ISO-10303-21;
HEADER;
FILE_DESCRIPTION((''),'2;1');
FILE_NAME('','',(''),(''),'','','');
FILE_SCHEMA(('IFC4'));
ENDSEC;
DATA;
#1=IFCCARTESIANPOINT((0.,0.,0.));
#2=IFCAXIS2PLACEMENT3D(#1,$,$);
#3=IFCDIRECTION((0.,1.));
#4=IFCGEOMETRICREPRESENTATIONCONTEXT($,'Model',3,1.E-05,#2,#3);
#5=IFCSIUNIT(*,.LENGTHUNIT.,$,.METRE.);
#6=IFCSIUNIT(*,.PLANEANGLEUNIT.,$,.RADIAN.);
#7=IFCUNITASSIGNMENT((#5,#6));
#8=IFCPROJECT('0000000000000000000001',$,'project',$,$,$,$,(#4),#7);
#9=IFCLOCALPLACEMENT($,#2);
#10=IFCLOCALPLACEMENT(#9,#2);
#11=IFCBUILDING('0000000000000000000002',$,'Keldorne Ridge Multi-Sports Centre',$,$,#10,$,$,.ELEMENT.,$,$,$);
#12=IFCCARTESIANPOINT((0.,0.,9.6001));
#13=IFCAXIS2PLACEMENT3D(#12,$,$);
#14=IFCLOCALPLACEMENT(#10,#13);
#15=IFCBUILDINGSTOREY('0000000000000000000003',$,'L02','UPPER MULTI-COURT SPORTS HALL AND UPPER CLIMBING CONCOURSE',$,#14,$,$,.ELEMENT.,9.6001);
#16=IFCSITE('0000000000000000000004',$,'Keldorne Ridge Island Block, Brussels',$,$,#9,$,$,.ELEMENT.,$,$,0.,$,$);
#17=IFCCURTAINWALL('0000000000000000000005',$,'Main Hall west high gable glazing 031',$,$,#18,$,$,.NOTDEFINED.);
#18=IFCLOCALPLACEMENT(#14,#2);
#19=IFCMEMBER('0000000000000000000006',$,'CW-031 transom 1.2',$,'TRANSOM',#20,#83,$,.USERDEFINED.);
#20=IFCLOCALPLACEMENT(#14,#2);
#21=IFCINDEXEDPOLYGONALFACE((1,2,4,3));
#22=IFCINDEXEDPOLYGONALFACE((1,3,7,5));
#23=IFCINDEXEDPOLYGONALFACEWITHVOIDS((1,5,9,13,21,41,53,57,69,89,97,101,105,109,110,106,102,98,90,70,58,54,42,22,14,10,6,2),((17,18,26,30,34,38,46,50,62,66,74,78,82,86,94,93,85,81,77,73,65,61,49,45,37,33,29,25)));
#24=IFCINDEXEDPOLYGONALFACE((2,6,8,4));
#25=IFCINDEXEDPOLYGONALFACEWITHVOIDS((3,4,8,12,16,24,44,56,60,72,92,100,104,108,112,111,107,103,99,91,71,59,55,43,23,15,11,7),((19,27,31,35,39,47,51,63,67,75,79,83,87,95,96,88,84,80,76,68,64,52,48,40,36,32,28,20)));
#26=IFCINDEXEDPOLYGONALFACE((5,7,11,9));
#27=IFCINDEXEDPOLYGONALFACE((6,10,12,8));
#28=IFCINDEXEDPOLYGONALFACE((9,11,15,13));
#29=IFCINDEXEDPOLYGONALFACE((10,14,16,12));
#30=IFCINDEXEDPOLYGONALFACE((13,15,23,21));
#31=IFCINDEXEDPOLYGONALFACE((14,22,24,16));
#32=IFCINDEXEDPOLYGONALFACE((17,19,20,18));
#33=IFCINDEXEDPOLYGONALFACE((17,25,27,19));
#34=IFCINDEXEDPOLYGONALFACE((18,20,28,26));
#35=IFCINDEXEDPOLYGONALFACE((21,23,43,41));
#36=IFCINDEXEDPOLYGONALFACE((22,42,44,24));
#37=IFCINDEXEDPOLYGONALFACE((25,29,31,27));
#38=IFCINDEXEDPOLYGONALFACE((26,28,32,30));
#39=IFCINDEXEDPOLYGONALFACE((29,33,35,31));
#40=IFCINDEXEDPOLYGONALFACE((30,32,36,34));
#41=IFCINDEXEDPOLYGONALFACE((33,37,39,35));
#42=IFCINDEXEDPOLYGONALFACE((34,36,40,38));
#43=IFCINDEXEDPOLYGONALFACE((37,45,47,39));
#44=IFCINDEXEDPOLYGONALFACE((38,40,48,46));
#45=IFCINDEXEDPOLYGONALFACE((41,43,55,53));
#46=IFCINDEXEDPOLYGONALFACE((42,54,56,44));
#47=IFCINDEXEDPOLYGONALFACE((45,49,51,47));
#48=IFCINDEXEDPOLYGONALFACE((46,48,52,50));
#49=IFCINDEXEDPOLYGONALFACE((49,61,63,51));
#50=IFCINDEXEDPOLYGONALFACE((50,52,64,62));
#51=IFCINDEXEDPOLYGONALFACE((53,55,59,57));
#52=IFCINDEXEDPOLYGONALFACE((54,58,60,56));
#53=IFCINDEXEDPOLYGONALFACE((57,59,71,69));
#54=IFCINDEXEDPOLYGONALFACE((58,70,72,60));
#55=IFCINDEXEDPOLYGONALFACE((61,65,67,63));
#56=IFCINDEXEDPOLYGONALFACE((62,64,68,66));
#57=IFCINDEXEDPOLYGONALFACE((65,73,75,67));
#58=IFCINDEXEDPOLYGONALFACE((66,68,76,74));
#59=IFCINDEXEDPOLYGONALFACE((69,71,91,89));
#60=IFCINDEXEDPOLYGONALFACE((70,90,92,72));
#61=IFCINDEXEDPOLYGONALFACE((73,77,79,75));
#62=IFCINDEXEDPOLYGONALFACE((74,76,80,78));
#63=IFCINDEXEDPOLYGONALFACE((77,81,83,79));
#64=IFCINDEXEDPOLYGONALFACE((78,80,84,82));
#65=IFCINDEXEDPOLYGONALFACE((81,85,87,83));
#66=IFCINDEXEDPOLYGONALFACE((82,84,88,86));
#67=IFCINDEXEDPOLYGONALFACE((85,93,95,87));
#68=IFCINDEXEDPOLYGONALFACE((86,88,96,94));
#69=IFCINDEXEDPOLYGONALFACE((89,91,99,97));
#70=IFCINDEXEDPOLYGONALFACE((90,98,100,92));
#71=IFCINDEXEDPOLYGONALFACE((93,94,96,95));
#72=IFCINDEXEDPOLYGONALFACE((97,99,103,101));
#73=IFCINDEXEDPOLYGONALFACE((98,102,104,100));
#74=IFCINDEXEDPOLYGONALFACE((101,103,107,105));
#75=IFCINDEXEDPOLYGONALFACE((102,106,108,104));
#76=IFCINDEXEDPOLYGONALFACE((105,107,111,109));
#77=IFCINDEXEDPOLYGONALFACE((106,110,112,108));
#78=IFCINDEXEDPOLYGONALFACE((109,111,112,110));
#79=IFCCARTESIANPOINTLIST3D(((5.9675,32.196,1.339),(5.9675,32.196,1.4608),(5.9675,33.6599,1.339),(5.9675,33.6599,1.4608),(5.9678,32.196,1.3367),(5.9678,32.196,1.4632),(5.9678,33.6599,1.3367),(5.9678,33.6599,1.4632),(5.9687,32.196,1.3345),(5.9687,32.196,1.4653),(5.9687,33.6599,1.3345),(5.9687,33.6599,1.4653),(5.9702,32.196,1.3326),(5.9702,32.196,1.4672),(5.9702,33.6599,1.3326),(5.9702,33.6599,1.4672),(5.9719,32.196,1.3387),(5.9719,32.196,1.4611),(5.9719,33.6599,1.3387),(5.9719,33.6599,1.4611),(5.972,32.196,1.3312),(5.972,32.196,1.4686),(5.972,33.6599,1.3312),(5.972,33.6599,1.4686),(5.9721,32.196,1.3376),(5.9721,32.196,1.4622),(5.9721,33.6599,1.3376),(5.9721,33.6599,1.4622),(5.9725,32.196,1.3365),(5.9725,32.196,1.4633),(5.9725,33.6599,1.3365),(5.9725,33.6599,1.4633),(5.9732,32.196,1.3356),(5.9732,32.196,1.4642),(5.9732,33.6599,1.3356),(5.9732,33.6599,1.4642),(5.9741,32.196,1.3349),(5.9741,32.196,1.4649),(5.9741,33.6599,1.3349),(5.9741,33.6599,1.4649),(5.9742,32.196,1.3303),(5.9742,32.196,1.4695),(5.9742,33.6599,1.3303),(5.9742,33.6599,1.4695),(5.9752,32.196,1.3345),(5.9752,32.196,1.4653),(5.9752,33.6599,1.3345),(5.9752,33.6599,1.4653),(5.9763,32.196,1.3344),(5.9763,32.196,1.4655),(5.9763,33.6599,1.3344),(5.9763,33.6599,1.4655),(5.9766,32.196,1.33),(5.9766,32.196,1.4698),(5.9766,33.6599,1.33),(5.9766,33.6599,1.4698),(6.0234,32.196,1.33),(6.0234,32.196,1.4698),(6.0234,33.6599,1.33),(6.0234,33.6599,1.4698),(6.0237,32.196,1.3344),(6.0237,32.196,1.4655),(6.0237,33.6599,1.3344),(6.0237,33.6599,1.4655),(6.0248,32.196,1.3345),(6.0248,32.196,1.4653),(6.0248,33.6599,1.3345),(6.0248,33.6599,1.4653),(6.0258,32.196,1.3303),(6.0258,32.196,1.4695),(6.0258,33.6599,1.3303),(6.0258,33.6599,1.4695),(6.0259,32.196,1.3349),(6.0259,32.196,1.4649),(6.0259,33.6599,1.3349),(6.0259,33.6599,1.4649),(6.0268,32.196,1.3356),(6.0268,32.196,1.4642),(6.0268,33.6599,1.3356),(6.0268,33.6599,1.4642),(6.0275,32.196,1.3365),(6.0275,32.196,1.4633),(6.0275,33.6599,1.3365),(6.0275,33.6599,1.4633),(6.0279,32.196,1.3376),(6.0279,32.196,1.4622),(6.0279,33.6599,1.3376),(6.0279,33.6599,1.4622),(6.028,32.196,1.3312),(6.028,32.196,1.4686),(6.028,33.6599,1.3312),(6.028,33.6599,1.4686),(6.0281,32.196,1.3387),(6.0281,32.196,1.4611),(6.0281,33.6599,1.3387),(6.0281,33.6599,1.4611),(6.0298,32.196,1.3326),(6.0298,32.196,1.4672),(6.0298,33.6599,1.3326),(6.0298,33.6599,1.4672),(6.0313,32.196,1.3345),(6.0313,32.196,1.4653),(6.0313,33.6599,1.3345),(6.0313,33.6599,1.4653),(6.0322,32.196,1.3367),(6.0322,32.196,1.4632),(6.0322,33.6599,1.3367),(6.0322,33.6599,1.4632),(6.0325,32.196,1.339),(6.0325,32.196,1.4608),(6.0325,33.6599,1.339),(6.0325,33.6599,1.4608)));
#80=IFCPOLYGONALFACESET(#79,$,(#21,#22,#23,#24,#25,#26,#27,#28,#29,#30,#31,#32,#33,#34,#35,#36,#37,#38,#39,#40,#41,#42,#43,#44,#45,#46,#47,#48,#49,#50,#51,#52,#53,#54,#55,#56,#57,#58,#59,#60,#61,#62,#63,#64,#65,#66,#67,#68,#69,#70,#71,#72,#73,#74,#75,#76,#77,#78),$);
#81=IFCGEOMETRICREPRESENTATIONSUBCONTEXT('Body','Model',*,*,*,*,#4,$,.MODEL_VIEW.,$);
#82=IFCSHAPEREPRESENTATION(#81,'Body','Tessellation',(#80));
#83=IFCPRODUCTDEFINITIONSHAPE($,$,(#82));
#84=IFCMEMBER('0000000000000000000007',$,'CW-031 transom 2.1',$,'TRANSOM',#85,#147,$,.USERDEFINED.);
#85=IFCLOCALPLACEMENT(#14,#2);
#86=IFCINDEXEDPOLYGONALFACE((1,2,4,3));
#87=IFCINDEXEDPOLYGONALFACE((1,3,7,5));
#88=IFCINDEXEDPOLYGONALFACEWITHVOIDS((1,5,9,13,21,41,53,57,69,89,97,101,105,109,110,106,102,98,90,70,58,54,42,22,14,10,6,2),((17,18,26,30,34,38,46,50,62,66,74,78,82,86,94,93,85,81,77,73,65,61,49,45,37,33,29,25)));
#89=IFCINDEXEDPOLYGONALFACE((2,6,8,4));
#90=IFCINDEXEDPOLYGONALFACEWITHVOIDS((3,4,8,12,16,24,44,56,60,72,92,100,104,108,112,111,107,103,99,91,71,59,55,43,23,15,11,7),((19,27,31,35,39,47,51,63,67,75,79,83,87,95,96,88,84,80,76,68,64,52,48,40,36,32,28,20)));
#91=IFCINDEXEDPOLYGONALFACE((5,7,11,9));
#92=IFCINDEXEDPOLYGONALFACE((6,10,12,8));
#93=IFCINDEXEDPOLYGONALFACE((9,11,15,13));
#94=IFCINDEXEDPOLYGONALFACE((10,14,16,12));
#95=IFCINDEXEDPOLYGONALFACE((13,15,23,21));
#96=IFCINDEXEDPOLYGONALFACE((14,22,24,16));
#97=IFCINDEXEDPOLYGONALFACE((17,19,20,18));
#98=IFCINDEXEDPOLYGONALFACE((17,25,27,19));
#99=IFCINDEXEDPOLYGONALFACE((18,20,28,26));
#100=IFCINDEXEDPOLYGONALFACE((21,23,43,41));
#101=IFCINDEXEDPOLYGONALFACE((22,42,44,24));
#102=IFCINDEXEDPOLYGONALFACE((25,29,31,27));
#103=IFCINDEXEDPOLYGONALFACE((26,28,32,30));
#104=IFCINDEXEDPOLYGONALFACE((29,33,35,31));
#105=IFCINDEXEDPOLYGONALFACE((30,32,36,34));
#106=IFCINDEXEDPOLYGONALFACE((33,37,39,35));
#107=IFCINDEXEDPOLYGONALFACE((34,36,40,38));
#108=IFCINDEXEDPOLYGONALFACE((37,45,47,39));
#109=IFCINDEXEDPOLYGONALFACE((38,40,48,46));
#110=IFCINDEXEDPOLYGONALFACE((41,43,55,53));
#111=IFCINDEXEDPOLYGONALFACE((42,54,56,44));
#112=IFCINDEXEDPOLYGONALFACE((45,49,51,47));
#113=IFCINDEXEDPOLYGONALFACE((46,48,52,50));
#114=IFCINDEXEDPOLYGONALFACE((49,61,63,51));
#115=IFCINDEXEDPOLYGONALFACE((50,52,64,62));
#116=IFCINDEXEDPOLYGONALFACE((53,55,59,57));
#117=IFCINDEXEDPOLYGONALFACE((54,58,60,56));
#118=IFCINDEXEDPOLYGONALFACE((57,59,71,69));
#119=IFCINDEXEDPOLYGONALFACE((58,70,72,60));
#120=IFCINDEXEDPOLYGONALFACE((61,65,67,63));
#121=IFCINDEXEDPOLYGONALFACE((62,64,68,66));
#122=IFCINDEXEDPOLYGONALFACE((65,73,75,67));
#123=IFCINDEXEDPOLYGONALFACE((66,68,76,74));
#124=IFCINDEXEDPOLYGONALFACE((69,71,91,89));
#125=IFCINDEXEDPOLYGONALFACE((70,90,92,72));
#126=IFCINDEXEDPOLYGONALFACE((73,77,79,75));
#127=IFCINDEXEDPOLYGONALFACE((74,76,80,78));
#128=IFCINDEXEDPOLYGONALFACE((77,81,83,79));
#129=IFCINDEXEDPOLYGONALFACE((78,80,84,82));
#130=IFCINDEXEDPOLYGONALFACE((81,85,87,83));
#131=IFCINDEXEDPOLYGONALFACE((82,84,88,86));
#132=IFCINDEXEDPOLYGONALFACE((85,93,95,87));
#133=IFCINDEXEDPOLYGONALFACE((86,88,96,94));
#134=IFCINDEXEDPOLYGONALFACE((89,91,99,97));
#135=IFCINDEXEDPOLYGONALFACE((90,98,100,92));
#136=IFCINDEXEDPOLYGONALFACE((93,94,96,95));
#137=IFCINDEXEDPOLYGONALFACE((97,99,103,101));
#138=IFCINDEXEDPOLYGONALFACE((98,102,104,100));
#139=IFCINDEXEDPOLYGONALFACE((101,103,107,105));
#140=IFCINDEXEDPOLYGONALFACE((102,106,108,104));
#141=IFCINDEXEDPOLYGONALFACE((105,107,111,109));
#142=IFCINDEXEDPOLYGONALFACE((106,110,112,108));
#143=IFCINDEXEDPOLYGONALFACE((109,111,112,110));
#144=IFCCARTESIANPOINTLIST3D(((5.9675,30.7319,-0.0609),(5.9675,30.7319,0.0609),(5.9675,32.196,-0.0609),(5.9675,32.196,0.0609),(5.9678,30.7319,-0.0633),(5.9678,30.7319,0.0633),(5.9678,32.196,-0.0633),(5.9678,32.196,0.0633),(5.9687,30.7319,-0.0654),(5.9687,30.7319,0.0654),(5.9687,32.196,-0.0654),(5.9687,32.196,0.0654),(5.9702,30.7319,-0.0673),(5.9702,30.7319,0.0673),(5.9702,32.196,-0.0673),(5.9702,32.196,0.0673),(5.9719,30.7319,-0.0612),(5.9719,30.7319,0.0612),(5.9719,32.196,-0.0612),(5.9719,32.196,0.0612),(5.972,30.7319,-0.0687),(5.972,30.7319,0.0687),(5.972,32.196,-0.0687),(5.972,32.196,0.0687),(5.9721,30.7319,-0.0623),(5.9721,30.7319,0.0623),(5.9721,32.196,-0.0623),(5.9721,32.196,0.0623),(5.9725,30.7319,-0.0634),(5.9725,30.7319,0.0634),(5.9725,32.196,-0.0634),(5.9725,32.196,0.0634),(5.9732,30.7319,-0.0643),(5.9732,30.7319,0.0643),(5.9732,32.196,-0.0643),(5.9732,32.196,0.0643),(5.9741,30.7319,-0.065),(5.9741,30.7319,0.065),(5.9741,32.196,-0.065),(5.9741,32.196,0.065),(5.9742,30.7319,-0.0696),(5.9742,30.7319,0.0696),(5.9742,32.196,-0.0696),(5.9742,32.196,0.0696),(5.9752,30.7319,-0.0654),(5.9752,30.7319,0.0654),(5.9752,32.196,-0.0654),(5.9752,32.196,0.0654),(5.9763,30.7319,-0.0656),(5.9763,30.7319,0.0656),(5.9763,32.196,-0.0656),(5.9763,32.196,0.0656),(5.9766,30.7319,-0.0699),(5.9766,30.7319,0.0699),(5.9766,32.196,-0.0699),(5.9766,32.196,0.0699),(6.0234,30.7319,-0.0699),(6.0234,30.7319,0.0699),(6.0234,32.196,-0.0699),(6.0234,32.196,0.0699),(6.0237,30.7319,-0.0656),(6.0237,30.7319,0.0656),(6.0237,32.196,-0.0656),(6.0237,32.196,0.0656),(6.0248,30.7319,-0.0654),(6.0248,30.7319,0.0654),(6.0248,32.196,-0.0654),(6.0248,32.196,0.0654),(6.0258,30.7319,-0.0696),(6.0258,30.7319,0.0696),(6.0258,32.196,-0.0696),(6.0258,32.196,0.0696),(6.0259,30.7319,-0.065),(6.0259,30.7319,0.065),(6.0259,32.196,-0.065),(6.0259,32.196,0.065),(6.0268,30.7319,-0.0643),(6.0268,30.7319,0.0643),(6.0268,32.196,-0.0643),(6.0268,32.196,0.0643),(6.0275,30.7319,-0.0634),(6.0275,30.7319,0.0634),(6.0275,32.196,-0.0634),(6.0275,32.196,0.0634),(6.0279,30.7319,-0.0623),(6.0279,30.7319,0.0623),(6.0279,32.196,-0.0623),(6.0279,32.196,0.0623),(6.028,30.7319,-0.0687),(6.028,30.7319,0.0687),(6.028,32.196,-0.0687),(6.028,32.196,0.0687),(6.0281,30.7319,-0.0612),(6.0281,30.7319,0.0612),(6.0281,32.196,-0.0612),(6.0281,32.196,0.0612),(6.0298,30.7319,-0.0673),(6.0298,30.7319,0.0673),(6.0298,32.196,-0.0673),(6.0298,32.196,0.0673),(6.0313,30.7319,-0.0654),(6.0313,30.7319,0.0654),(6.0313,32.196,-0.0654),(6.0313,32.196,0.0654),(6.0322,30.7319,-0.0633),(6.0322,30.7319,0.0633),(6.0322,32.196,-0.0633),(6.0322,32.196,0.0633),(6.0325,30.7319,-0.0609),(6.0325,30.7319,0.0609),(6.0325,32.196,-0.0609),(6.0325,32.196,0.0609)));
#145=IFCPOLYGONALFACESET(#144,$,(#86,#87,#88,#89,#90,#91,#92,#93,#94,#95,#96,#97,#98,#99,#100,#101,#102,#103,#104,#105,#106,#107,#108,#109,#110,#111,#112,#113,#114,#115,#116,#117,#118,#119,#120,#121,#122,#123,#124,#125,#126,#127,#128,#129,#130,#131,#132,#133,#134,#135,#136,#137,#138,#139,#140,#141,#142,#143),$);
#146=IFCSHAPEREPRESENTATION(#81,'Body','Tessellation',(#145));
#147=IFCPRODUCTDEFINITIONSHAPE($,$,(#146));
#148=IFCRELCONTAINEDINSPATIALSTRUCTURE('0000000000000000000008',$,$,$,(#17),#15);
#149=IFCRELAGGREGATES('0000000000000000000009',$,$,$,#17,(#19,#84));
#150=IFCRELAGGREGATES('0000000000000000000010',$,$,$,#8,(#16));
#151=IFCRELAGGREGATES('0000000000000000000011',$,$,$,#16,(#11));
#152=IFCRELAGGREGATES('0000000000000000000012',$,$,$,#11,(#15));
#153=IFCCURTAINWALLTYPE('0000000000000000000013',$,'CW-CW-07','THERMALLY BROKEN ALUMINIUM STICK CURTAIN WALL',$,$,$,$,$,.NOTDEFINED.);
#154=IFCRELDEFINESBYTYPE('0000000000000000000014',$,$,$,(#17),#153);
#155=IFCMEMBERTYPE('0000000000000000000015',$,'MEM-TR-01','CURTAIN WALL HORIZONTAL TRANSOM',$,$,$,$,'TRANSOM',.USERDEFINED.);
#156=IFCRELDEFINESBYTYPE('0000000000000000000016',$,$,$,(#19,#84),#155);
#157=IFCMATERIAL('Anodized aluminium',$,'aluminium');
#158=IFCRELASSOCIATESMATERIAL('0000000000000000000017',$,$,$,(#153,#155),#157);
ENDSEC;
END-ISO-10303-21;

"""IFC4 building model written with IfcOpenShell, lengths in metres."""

from ifc_helpers import new_model, si_unit, direction, frame, origin, origin_2d, place, context, subcontext, project, spatial, hollow_rectangle, extrude, material, material_profile, profile_set, type_object, element, aggregate, save


model = new_model("IFC4")

# Units and contexts
model_context = context("Model", 3, precision=1e-05, world=origin(), true_north=direction((0.0, 1.0)))
body_context = subcontext(model_context, "Body", "Model", "MODEL_VIEW")
ifc_project = project(units=[si_unit("LENGTHUNIT", "METRE"), si_unit("PLANEANGLEUNIT", "RADIAN")], contexts=[model_context])

# Site, building, storey
site_placement = place(None, origin())
site = spatial("IfcSite", under=ifc_project, at=site_placement, Name="Keldorne Ridge Island Block, Brussels", CompositionType="ELEMENT", RefElevation=0.0)
building_placement = place(site_placement, origin())
building = spatial("IfcBuilding", under=site, at=building_placement, Name="Keldorne Ridge Multi-Sports Centre", CompositionType="ELEMENT")
storey_placement = place(building_placement, frame((0.0, 0.0, 9.6001)))
storey = spatial("IfcBuildingStorey", under=building, at=storey_placement, Name="L02", Description="UPPER MULTI-COURT SPORTS HALL AND UPPER CLIMBING CONCOURSE", CompositionType="ELEMENT", Elevation=9.6001)

# Curtain wall
ifc_material_1 = material(Name="Anodized aluminium", Category="aluminium")
curtain_wall_type_1 = type_object("IfcCurtainWallType", Name="CW-CW-07", Description="THERMALLY BROKEN ALUMINIUM STICK CURTAIN WALL", PredefinedType="NOTDEFINED", material=ifc_material_1)
curtain_wall_1_placement = place(storey_placement, origin())
curtain_wall_1 = element("IfcCurtainWall", 1, at=curtain_wall_1_placement, inside=storey, type_object=curtain_wall_type_1, Name="Main Hall west high gable glazing 031", PredefinedType="NOTDEFINED")

# Members
ifc_material_profile_1 = material_profile(ifc_material_1, hollow_rectangle(XDim=0.0649, YDim=0.1399, WallThickness=0.0044, InnerFilletRadius=0.0044, OuterFilletRadius=0.009, at=origin_2d()), Name="ALU TRANSOM 140x65x4.5")
ifc_profile_set_1 = profile_set([ifc_material_profile_1], Name="Anodized aluminium")
member_type_1 = type_object("IfcMemberType", Name="MEM-TR-01", Description="CURTAIN WALL HORIZONTAL TRANSOM", ElementType="TRANSOM", PredefinedType="USERDEFINED", material=ifc_profile_set_1)
member_1_placement = place(storey_placement, frame((6.0, 33.6599, 1.3999), z_axis=(0.0, -1.0, 0.0), x_axis=(1.0, 0.0, 0.0)))
member_1 = element("IfcMember", 2, at=member_1_placement, type_object=member_type_1, Name="CW-031 transom 1.2", ObjectType="TRANSOM", PredefinedType="USERDEFINED", context=body_context, shape_type="SweptSolid", body=[
    extrude(hollow_rectangle(XDim=0.0649, YDim=0.1399, WallThickness=0.0044, InnerFilletRadius=0.0044, OuterFilletRadius=0.009, at=origin_2d()), origin(), (0.0, 0.0, 1.0), 1.4639),
])
member_2_placement = place(storey_placement, frame((6.0, 32.196, 0.0), z_axis=(0.0, -1.0, 0.0), x_axis=(1.0, 0.0, 0.0)))
member_2 = element("IfcMember", 3, at=member_2_placement, type_object=member_type_1, Name="CW-031 transom 2.1", ObjectType="TRANSOM", PredefinedType="USERDEFINED", context=body_context, shape_type="SweptSolid", body=[
    extrude(hollow_rectangle(XDim=0.0649, YDim=0.1399, WallThickness=0.0044, InnerFilletRadius=0.0044, OuterFilletRadius=0.009, at=origin_2d()), origin(), (0.0, 0.0, 1.0), 1.4641),
])

aggregate(curtain_wall_1, [member_1, member_2])

save(model, "model.ifc")
